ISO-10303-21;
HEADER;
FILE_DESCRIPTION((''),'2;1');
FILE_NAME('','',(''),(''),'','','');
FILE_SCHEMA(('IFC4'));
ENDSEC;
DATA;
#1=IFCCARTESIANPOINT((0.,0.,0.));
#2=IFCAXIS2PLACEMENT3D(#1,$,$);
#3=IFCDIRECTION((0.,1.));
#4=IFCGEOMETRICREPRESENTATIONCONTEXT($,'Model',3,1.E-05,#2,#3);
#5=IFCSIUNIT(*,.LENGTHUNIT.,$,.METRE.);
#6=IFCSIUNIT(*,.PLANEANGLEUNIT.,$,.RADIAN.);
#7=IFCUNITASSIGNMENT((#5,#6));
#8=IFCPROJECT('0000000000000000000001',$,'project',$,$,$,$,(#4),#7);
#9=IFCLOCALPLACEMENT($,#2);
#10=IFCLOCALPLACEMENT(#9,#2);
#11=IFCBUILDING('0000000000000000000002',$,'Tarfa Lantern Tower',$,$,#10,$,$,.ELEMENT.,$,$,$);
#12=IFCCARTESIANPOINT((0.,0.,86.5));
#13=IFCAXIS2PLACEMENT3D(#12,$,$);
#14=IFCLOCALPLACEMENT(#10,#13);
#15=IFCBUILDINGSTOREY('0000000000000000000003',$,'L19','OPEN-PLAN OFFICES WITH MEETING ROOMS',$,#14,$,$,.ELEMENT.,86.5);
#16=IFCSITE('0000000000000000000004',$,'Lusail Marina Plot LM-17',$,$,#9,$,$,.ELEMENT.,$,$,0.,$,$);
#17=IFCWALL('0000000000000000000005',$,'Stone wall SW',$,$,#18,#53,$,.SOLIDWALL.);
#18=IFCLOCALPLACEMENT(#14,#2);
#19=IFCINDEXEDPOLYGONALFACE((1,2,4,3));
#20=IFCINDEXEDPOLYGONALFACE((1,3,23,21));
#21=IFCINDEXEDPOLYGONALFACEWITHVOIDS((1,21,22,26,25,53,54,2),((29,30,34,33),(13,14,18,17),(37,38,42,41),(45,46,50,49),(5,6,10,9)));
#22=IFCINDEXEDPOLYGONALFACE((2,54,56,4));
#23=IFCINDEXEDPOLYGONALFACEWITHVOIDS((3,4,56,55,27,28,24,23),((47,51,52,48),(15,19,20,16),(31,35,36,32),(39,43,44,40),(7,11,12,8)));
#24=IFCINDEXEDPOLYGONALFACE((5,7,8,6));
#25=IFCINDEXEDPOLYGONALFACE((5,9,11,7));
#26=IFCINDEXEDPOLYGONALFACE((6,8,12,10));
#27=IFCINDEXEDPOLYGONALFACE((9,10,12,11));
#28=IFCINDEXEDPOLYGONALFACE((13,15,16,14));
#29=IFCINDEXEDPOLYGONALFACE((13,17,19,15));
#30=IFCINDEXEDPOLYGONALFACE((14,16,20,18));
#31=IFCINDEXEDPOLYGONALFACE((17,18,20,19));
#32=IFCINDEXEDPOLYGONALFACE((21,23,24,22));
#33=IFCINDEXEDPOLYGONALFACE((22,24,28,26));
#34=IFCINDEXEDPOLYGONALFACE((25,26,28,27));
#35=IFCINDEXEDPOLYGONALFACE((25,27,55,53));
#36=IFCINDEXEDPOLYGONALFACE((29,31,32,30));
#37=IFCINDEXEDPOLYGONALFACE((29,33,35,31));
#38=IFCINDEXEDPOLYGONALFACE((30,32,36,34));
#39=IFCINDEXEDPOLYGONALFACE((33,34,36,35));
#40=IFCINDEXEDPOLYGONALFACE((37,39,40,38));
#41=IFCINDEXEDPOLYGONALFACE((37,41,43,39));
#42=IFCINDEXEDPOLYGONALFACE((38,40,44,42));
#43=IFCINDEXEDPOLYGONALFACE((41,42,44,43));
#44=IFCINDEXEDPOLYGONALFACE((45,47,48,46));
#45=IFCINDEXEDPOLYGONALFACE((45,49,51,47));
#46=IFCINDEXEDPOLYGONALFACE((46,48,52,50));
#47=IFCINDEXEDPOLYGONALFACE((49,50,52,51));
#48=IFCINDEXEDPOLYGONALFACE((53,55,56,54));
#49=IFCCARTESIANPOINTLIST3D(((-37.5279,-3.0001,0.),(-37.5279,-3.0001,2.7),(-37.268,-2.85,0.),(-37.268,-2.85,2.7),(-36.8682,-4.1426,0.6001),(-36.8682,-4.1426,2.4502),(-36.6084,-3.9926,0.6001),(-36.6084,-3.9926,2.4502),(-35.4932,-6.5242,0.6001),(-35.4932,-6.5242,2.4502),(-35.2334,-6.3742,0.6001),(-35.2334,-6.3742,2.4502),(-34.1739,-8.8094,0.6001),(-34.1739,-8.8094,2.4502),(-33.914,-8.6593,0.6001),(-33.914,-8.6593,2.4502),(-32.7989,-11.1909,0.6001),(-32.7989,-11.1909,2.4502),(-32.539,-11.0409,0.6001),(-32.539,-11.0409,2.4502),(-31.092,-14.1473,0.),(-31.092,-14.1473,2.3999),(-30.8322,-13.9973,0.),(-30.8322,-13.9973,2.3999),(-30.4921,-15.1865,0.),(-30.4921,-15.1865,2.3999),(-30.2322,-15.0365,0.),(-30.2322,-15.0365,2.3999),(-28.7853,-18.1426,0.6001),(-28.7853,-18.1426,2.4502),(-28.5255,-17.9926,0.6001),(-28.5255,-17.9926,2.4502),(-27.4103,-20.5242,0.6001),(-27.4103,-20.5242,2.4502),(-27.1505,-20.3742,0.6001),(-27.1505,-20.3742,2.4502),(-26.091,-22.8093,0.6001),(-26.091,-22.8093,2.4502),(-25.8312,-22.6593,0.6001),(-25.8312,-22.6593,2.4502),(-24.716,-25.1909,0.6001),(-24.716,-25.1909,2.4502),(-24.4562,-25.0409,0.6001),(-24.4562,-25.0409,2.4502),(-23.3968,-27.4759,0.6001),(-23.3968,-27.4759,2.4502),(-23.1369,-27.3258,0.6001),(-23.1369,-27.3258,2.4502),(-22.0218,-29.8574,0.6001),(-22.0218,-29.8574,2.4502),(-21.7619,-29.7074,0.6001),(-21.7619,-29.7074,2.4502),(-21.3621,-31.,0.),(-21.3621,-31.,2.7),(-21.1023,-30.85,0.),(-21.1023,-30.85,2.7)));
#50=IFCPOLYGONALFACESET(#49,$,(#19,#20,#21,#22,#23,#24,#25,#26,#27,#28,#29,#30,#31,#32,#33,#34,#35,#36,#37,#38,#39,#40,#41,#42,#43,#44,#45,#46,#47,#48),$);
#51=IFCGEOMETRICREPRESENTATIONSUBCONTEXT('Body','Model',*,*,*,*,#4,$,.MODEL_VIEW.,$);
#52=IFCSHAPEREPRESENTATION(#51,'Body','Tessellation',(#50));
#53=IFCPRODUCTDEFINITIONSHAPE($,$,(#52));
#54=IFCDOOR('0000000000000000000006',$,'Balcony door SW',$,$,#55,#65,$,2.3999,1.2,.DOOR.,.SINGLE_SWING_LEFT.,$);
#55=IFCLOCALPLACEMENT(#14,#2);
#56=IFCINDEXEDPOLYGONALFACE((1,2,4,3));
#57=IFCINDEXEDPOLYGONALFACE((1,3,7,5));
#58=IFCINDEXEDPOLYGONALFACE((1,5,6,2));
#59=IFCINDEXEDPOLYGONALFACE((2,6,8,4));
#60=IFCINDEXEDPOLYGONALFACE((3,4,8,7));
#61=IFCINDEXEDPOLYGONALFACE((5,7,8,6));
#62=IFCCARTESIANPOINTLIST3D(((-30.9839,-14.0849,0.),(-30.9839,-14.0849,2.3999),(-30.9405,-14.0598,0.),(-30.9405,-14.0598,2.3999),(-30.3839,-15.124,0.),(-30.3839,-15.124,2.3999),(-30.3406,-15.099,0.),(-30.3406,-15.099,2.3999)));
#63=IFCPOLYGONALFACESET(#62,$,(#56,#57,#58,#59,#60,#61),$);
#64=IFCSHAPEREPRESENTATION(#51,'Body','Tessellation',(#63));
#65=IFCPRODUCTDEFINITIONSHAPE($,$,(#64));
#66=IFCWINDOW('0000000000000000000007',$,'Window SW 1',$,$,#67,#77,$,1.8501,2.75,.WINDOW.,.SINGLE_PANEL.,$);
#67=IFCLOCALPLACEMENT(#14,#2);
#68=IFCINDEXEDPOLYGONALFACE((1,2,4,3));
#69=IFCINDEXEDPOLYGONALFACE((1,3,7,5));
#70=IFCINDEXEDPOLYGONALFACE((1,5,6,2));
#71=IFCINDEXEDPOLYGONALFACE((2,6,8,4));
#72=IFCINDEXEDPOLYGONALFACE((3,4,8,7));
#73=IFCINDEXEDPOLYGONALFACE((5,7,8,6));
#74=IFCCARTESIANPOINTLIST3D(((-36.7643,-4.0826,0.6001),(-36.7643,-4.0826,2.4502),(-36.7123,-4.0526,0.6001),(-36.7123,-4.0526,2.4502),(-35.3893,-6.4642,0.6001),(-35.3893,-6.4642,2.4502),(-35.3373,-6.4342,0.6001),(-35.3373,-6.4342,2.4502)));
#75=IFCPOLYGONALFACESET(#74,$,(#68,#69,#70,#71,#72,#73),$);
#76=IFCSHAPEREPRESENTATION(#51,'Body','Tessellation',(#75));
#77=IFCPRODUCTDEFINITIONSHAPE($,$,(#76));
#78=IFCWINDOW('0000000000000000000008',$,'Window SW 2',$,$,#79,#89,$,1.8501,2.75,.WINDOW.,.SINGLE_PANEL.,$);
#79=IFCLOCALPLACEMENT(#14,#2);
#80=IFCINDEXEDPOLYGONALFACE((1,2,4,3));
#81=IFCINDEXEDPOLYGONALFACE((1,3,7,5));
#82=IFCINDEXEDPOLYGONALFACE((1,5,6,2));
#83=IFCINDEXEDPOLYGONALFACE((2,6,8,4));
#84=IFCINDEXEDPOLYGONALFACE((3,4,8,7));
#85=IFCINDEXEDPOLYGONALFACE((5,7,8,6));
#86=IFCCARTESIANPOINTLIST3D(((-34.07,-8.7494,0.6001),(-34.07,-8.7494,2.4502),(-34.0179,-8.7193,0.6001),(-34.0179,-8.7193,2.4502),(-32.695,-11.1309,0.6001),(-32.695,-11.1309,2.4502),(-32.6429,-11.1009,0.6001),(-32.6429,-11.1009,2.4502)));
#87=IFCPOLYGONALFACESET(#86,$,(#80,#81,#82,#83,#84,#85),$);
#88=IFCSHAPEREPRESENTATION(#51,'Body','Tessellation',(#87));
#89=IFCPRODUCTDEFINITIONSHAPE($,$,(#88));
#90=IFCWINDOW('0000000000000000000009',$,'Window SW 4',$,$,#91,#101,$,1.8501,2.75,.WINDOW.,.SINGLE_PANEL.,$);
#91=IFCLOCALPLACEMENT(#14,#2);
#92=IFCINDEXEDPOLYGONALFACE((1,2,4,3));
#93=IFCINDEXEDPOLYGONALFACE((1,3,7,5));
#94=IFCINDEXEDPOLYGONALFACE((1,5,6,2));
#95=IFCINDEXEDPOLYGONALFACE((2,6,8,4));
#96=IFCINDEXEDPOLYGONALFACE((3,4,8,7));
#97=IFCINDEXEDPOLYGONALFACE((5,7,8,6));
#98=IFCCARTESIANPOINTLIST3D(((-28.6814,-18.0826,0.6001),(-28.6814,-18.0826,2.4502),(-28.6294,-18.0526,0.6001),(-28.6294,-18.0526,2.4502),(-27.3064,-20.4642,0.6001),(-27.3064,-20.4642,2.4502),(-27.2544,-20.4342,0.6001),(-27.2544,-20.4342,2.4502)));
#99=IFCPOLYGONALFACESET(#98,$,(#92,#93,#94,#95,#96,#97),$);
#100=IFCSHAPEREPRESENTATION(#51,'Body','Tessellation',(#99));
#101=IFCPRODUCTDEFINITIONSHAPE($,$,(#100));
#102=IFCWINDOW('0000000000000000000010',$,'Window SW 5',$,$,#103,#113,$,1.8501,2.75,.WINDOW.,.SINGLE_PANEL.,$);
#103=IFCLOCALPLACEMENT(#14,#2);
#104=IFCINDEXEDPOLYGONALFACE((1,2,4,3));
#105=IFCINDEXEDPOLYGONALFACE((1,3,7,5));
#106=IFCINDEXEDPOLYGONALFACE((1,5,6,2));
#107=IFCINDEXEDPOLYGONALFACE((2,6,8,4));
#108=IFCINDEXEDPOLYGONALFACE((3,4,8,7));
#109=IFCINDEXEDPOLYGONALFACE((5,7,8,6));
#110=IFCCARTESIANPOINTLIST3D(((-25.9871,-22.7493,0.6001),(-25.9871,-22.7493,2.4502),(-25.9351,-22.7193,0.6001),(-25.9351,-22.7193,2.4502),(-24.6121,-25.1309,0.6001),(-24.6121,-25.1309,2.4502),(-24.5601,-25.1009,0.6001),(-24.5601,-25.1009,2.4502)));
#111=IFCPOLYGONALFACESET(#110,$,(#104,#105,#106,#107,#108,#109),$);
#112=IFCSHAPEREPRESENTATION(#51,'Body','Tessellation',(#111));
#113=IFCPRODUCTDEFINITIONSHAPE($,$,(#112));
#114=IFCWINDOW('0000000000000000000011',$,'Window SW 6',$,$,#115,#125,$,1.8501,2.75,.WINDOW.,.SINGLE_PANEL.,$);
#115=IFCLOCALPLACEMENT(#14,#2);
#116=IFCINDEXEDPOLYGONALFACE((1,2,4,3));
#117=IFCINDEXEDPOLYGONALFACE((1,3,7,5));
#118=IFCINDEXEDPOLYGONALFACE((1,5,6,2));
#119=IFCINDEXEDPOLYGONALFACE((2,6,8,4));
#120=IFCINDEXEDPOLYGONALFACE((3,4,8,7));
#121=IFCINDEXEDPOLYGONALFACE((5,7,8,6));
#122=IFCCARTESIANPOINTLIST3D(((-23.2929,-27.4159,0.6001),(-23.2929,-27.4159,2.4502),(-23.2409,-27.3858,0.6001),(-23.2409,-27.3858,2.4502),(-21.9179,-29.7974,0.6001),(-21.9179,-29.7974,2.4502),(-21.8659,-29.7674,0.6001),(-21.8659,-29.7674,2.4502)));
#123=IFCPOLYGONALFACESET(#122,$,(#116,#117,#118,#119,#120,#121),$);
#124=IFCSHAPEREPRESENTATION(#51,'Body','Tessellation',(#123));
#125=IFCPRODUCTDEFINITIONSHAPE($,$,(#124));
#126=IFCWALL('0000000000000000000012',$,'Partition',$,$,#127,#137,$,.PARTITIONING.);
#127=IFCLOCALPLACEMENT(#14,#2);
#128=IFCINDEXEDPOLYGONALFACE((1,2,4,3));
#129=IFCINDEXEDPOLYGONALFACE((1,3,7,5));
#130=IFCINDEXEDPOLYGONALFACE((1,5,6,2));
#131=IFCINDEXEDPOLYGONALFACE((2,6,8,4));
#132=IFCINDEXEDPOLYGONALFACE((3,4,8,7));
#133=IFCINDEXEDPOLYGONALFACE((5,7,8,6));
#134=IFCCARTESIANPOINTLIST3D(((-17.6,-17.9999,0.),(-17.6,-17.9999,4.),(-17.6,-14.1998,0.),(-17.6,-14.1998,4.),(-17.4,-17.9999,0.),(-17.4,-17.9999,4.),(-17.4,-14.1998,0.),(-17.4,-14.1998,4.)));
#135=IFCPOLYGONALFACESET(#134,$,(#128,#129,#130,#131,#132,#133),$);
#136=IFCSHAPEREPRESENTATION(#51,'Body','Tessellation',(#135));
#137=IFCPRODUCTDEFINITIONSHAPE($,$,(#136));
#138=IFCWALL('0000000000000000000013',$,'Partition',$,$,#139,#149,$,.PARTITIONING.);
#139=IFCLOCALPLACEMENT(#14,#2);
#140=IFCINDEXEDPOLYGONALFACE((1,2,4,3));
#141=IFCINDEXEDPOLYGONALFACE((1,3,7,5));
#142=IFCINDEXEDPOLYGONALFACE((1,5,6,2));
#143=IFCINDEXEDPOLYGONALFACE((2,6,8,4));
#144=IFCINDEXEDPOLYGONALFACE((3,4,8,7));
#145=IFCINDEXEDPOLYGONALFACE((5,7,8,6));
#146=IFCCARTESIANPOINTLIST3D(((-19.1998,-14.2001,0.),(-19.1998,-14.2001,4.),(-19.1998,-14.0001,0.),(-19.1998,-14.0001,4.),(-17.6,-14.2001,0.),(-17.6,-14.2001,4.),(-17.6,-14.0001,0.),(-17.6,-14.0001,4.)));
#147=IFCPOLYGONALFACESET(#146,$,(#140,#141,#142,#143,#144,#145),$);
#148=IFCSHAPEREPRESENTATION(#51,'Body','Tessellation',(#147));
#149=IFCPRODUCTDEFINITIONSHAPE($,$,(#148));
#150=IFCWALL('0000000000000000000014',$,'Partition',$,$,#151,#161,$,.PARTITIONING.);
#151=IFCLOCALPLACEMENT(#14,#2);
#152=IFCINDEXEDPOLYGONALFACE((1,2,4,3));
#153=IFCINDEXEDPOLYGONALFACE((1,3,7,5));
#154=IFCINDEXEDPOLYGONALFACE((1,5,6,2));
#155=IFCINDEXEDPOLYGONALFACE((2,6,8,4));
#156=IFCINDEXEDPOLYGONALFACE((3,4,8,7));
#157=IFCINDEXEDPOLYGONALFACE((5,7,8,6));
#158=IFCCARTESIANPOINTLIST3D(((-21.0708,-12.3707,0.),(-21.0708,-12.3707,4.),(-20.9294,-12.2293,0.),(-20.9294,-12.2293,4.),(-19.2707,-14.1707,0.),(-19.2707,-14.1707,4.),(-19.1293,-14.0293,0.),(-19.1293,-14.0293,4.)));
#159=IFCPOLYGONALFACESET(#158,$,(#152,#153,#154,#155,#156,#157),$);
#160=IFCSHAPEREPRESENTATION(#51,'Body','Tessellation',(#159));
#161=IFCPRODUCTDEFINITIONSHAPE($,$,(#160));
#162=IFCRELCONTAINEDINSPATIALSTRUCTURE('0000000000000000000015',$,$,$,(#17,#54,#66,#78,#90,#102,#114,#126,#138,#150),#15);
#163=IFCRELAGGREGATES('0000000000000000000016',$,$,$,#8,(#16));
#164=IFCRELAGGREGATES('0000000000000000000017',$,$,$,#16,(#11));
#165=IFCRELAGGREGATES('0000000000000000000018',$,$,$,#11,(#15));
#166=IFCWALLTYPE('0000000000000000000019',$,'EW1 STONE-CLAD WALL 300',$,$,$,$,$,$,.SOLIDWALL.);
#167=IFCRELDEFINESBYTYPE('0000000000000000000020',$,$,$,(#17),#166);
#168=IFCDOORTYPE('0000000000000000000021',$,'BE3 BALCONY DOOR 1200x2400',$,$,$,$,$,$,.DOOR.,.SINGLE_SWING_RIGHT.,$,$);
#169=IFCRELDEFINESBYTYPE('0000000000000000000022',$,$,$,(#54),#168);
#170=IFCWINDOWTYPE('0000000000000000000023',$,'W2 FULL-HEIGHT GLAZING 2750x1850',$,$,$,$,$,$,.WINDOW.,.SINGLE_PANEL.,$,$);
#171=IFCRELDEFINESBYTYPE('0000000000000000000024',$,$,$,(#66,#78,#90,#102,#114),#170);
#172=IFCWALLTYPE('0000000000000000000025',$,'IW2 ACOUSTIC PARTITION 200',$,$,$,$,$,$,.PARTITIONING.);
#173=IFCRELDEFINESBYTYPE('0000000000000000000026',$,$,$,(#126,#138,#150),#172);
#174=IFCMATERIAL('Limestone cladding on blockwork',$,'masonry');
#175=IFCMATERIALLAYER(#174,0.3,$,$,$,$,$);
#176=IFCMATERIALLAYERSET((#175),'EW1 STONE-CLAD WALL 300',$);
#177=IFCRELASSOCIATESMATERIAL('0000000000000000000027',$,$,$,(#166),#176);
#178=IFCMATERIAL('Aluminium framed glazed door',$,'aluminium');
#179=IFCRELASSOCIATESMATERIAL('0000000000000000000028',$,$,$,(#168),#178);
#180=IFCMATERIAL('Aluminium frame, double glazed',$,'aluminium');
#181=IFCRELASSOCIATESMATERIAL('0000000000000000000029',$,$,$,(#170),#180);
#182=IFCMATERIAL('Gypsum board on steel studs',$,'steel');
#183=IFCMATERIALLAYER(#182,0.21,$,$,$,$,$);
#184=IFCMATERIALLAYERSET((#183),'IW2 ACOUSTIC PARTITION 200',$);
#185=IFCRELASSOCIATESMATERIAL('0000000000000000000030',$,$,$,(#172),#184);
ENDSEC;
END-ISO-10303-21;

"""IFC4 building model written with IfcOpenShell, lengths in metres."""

from ifc_helpers import new_model, si_unit, direction, frame, frame_2d, origin, place, context, subcontext, project, spatial, rectangle, extrude, material, layer, layer_set, type_object, element, fill, save


model = new_model("IFC4")

# Units and contexts
model_context = context("Model", 3, precision=1e-05, world=origin(), true_north=direction((0.0, 1.0)))
body_context = subcontext(model_context, "Body", "Model", "MODEL_VIEW")
ifc_project = project(units=[si_unit("LENGTHUNIT", "METRE"), si_unit("PLANEANGLEUNIT", "RADIAN")], contexts=[model_context])

# Site, building, storey
site_placement = place(None, origin())
site = spatial("IfcSite", under=ifc_project, at=site_placement, Name="Lusail Marina Plot LM-17", CompositionType="ELEMENT", RefElevation=0.0)
building_placement = place(site_placement, origin())
building = spatial("IfcBuilding", under=site, at=building_placement, Name="Tarfa Lantern Tower", CompositionType="ELEMENT")
storey_placement = place(building_placement, frame((0.0, 0.0, 86.5)))
storey = spatial("IfcBuildingStorey", under=building, at=storey_placement, Name="L19", Description="OPEN-PLAN OFFICES WITH MEETING ROOMS", CompositionType="ELEMENT", Elevation=86.5)

# Wall, openings, door, windows
ifc_material_1 = material(Name="Limestone cladding on blockwork", Category="masonry")
ifc_layer_1 = layer(ifc_material_1, 0.3)
ifc_layer_set_1 = layer_set([ifc_layer_1], Name="EW1 STONE-CLAD WALL 300")
wall_type_1 = type_object("IfcWallType", Name="EW1 STONE-CLAD WALL 300", PredefinedType="SOLIDWALL", material=ifc_layer_set_1)
wall_1_placement = place(storey_placement, frame((-37.3979, -2.925, 0.0), z_axis=(0.0, 0.0, 1.0), x_axis=(0.499999, -0.866026, 0.0)))
wall_1 = element("IfcWall", 1, at=wall_1_placement, inside=storey, type_object=wall_type_1, Name="Stone wall SW", PredefinedType="SOLIDWALL", context=body_context, shape_type="SweptSolid", body=[
    extrude(rectangle(XDim=32.3315, YDim=0.3, at=frame_2d((16.1658, 0.0))), origin(), (0.0, 0.0, 1.0), 2.7),
])
opening_1_placement = place(wall_1_placement, frame((1.3193, 0.0, 0.6001)))
opening_1 = element("IfcOpeningElement", 2, at=opening_1_placement, cuts=wall_1, PredefinedType="OPENING", context=body_context, shape_type="SweptSolid", body=[
    extrude(rectangle(XDim=2.75, YDim=1.8501, at=frame_2d((1.375, 0.925))), frame((0.0, 0.1599, 0.0), z_axis=(0.0, -1.0, 0.0), x_axis=(1.0, 0.0, 0.0)), (0.0, 0.0, 1.0), 0.3201),
])
opening_2_placement = place(wall_1_placement, frame((6.708, 0.0, 0.6001)))
opening_2 = element("IfcOpeningElement", 3, at=opening_2_placement, cuts=wall_1, PredefinedType="OPENING", context=body_context, shape_type="SweptSolid", body=[
    extrude(rectangle(XDim=2.75, YDim=1.8501, at=frame_2d((1.375, 0.925))), frame((0.0, 0.1599, 0.0), z_axis=(0.0, -1.0, 0.0), x_axis=(1.0, 0.0, 0.0)), (0.0, 0.0, 1.0), 0.3201),
])
opening_3_placement = place(wall_1_placement, frame((12.8716, 0.0, 0.0)))
opening_3 = element("IfcOpeningElement", 4, at=opening_3_placement, cuts=wall_1, PredefinedType="OPENING", context=body_context, shape_type="SweptSolid", body=[
    extrude(rectangle(XDim=1.2, YDim=2.3999, at=frame_2d((0.6001, 1.2))), frame((0.0, 0.1599, 0.0), z_axis=(0.0, -1.0, 0.0), x_axis=(1.0, 0.0, 0.0)), (0.0, 0.0, 1.0), 0.3201),
])
opening_4_placement = place(wall_1_placement, frame((17.4851, 0.0, 0.6001)))
opening_4 = element("IfcOpeningElement", 5, at=opening_4_placement, cuts=wall_1, PredefinedType="OPENING", context=body_context, shape_type="SweptSolid", body=[
    extrude(rectangle(XDim=2.75, YDim=1.8501, at=frame_2d((1.375, 0.925))), frame((0.0, 0.1599, 0.0), z_axis=(0.0, -1.0, 0.0), x_axis=(1.0, 0.0, 0.0)), (0.0, 0.0, 1.0), 0.3201),
])
opening_5_placement = place(wall_1_placement, frame((22.8738, 0.0, 0.6001)))
opening_5 = element("IfcOpeningElement", 6, at=opening_5_placement, cuts=wall_1, PredefinedType="OPENING", context=body_context, shape_type="SweptSolid", body=[
    extrude(rectangle(XDim=2.75, YDim=1.8501, at=frame_2d((1.375, 0.925))), frame((0.0, 0.1599, 0.0), z_axis=(0.0, -1.0, 0.0), x_axis=(1.0, 0.0, 0.0)), (0.0, 0.0, 1.0), 0.3201),
])
opening_6_placement = place(wall_1_placement, frame((28.2622, 0.0, 0.6001)))
opening_6 = element("IfcOpeningElement", 7, at=opening_6_placement, cuts=wall_1, PredefinedType="OPENING", context=body_context, shape_type="SweptSolid", body=[
    extrude(rectangle(XDim=2.75, YDim=1.8501, at=frame_2d((1.375, 0.925))), frame((0.0, 0.1599, 0.0), z_axis=(0.0, -1.0, 0.0), x_axis=(1.0, 0.0, 0.0)), (0.0, 0.0, 1.0), 0.3201),
])
ifc_material_2 = material(Name="Aluminium framed glazed door", Category="aluminium")
door_type_1 = type_object("IfcDoorType", Name="BE3 BALCONY DOOR 1200x2400", OperationType="SINGLE_SWING_RIGHT", PredefinedType="DOOR", material=ifc_material_2)
door_1_placement = place(opening_3_placement, origin())
door_1 = element("IfcDoor", 8, at=door_1_placement, inside=storey, type_object=door_type_1, Name="Balcony door SW", OperationType="SINGLE_SWING_LEFT", OverallHeight=2.3999, OverallWidth=1.2, PredefinedType="DOOR", context=body_context, shape_type="SweptSolid", body=[
    extrude(rectangle(XDim=1.2, YDim=2.3999, at=frame_2d((0.6001, 1.2))), frame((0.0, 0.0249, 0.0), z_axis=(0.0, -1.0, 0.0), x_axis=(1.0, 0.0, 0.0)), (0.0, 0.0, 1.0), 0.05),
])
fill(opening_3, door_1)
ifc_material_3 = material(Name="Aluminium frame, double glazed", Category="aluminium")
window_type = type_object("IfcWindowType", Name="W2 FULL-HEIGHT GLAZING 2750x1850", PartitioningType="SINGLE_PANEL", PredefinedType="WINDOW", material=ifc_material_3)
window_1_placement = place(opening_1_placement, origin())
window_1 = element("IfcWindow", 9, at=window_1_placement, inside=storey, type_object=window_type, Name="Window SW 1", OverallHeight=1.8501, OverallWidth=2.75, PartitioningType="SINGLE_PANEL", PredefinedType="WINDOW", context=body_context, shape_type="SweptSolid", body=[
    extrude(rectangle(XDim=2.75, YDim=1.8501, at=frame_2d((1.375, 0.925))), frame((0.0, 0.03, 0.0), z_axis=(0.0, -1.0, 0.0), x_axis=(1.0, 0.0, 0.0)), (0.0, 0.0, 1.0), 0.0601),
])
fill(opening_1, window_1)
window_2_placement = place(opening_2_placement, origin())
window_2 = element("IfcWindow", 10, at=window_2_placement, inside=storey, type_object=window_type, Name="Window SW 2", OverallHeight=1.8501, OverallWidth=2.75, PartitioningType="SINGLE_PANEL", PredefinedType="WINDOW", context=body_context, shape_type="SweptSolid", body=[
    extrude(rectangle(XDim=2.75, YDim=1.8501, at=frame_2d((1.375, 0.925))), frame((0.0, 0.03, 0.0), z_axis=(0.0, -1.0, 0.0), x_axis=(1.0, 0.0, 0.0)), (0.0, 0.0, 1.0), 0.0601),
])
fill(opening_2, window_2)
window_3_placement = place(opening_4_placement, origin())
window_3 = element("IfcWindow", 11, at=window_3_placement, inside=storey, type_object=window_type, Name="Window SW 4", OverallHeight=1.8501, OverallWidth=2.75, PartitioningType="SINGLE_PANEL", PredefinedType="WINDOW", context=body_context, shape_type="SweptSolid", body=[
    extrude(rectangle(XDim=2.75, YDim=1.8501, at=frame_2d((1.375, 0.925))), frame((0.0, 0.03, 0.0), z_axis=(0.0, -1.0, 0.0), x_axis=(1.0, 0.0, 0.0)), (0.0, 0.0, 1.0), 0.0601),
])
fill(opening_4, window_3)
window_4_placement = place(opening_5_placement, origin())
window_4 = element("IfcWindow", 12, at=window_4_placement, inside=storey, type_object=window_type, Name="Window SW 5", OverallHeight=1.8501, OverallWidth=2.75, PartitioningType="SINGLE_PANEL", PredefinedType="WINDOW", context=body_context, shape_type="SweptSolid", body=[
    extrude(rectangle(XDim=2.75, YDim=1.8501, at=frame_2d((1.375, 0.925))), frame((0.0, 0.03, 0.0), z_axis=(0.0, -1.0, 0.0), x_axis=(1.0, 0.0, 0.0)), (0.0, 0.0, 1.0), 0.0601),
])
fill(opening_5, window_4)
window_5_placement = place(opening_6_placement, origin())
window_5 = element("IfcWindow", 13, at=window_5_placement, inside=storey, type_object=window_type, Name="Window SW 6", OverallHeight=1.8501, OverallWidth=2.75, PartitioningType="SINGLE_PANEL", PredefinedType="WINDOW", context=body_context, shape_type="SweptSolid", body=[
    extrude(rectangle(XDim=2.75, YDim=1.8501, at=frame_2d((1.375, 0.925))), frame((0.0, 0.03, 0.0), z_axis=(0.0, -1.0, 0.0), x_axis=(1.0, 0.0, 0.0)), (0.0, 0.0, 1.0), 0.0601),
])
fill(opening_6, window_5)

# Walls
ifc_material_4 = material(Name="Gypsum board on steel studs", Category="steel")
ifc_layer_2 = layer(ifc_material_4, 0.21)
ifc_layer_set_2 = layer_set([ifc_layer_2], Name="IW2 ACOUSTIC PARTITION 200")
wall_type_2 = type_object("IfcWallType", Name="IW2 ACOUSTIC PARTITION 200", PredefinedType="PARTITIONING", material=ifc_layer_set_2)
wall_2_placement = place(storey_placement, frame((-17.5, -14.2, 0.0), z_axis=(0.0, 0.0, 1.0), x_axis=(0.0, -1.0, 0.0)))
element("IfcWall", 14, at=wall_2_placement, inside=storey, type_object=wall_type_2, Name="Partition", PredefinedType="PARTITIONING", context=body_context, shape_type="SweptSolid", body=[
    extrude(rectangle(XDim=3.8, YDim=0.2, at=frame_2d((1.8999, 0.0))), origin(), (0.0, 0.0, 1.0), 4.0),
])
wall_3_placement = place(storey_placement, frame((-17.6001, -14.1001, 0.0), z_axis=(0.0, 0.0, 1.0), x_axis=(-1.0, 0.0, 0.0)))
element("IfcWall", 15, at=wall_3_placement, inside=storey, type_object=wall_type_2, Name="Partition", PredefinedType="PARTITIONING", context=body_context, shape_type="SweptSolid", body=[
    extrude(rectangle(XDim=1.5999, YDim=0.2, at=frame_2d((0.7998, 0.0))), origin(), (0.0, 0.0, 1.0), 4.0),
])
wall_4_placement = place(storey_placement, frame((-19.2, -14.1001, 0.0), z_axis=(0.0, 0.0, 1.0), x_axis=(-0.707107, 0.707107, 0.0)))
element("IfcWall", 16, at=wall_4_placement, inside=storey, type_object=wall_type_2, Name="Partition", PredefinedType="PARTITIONING", context=body_context, shape_type="SweptSolid", body=[
    extrude(rectangle(XDim=2.5457, YDim=0.2, at=frame_2d((1.2729, 0.0))), origin(), (0.0, 0.0, 1.0), 4.0),
])

save(model, "model.ifc")
